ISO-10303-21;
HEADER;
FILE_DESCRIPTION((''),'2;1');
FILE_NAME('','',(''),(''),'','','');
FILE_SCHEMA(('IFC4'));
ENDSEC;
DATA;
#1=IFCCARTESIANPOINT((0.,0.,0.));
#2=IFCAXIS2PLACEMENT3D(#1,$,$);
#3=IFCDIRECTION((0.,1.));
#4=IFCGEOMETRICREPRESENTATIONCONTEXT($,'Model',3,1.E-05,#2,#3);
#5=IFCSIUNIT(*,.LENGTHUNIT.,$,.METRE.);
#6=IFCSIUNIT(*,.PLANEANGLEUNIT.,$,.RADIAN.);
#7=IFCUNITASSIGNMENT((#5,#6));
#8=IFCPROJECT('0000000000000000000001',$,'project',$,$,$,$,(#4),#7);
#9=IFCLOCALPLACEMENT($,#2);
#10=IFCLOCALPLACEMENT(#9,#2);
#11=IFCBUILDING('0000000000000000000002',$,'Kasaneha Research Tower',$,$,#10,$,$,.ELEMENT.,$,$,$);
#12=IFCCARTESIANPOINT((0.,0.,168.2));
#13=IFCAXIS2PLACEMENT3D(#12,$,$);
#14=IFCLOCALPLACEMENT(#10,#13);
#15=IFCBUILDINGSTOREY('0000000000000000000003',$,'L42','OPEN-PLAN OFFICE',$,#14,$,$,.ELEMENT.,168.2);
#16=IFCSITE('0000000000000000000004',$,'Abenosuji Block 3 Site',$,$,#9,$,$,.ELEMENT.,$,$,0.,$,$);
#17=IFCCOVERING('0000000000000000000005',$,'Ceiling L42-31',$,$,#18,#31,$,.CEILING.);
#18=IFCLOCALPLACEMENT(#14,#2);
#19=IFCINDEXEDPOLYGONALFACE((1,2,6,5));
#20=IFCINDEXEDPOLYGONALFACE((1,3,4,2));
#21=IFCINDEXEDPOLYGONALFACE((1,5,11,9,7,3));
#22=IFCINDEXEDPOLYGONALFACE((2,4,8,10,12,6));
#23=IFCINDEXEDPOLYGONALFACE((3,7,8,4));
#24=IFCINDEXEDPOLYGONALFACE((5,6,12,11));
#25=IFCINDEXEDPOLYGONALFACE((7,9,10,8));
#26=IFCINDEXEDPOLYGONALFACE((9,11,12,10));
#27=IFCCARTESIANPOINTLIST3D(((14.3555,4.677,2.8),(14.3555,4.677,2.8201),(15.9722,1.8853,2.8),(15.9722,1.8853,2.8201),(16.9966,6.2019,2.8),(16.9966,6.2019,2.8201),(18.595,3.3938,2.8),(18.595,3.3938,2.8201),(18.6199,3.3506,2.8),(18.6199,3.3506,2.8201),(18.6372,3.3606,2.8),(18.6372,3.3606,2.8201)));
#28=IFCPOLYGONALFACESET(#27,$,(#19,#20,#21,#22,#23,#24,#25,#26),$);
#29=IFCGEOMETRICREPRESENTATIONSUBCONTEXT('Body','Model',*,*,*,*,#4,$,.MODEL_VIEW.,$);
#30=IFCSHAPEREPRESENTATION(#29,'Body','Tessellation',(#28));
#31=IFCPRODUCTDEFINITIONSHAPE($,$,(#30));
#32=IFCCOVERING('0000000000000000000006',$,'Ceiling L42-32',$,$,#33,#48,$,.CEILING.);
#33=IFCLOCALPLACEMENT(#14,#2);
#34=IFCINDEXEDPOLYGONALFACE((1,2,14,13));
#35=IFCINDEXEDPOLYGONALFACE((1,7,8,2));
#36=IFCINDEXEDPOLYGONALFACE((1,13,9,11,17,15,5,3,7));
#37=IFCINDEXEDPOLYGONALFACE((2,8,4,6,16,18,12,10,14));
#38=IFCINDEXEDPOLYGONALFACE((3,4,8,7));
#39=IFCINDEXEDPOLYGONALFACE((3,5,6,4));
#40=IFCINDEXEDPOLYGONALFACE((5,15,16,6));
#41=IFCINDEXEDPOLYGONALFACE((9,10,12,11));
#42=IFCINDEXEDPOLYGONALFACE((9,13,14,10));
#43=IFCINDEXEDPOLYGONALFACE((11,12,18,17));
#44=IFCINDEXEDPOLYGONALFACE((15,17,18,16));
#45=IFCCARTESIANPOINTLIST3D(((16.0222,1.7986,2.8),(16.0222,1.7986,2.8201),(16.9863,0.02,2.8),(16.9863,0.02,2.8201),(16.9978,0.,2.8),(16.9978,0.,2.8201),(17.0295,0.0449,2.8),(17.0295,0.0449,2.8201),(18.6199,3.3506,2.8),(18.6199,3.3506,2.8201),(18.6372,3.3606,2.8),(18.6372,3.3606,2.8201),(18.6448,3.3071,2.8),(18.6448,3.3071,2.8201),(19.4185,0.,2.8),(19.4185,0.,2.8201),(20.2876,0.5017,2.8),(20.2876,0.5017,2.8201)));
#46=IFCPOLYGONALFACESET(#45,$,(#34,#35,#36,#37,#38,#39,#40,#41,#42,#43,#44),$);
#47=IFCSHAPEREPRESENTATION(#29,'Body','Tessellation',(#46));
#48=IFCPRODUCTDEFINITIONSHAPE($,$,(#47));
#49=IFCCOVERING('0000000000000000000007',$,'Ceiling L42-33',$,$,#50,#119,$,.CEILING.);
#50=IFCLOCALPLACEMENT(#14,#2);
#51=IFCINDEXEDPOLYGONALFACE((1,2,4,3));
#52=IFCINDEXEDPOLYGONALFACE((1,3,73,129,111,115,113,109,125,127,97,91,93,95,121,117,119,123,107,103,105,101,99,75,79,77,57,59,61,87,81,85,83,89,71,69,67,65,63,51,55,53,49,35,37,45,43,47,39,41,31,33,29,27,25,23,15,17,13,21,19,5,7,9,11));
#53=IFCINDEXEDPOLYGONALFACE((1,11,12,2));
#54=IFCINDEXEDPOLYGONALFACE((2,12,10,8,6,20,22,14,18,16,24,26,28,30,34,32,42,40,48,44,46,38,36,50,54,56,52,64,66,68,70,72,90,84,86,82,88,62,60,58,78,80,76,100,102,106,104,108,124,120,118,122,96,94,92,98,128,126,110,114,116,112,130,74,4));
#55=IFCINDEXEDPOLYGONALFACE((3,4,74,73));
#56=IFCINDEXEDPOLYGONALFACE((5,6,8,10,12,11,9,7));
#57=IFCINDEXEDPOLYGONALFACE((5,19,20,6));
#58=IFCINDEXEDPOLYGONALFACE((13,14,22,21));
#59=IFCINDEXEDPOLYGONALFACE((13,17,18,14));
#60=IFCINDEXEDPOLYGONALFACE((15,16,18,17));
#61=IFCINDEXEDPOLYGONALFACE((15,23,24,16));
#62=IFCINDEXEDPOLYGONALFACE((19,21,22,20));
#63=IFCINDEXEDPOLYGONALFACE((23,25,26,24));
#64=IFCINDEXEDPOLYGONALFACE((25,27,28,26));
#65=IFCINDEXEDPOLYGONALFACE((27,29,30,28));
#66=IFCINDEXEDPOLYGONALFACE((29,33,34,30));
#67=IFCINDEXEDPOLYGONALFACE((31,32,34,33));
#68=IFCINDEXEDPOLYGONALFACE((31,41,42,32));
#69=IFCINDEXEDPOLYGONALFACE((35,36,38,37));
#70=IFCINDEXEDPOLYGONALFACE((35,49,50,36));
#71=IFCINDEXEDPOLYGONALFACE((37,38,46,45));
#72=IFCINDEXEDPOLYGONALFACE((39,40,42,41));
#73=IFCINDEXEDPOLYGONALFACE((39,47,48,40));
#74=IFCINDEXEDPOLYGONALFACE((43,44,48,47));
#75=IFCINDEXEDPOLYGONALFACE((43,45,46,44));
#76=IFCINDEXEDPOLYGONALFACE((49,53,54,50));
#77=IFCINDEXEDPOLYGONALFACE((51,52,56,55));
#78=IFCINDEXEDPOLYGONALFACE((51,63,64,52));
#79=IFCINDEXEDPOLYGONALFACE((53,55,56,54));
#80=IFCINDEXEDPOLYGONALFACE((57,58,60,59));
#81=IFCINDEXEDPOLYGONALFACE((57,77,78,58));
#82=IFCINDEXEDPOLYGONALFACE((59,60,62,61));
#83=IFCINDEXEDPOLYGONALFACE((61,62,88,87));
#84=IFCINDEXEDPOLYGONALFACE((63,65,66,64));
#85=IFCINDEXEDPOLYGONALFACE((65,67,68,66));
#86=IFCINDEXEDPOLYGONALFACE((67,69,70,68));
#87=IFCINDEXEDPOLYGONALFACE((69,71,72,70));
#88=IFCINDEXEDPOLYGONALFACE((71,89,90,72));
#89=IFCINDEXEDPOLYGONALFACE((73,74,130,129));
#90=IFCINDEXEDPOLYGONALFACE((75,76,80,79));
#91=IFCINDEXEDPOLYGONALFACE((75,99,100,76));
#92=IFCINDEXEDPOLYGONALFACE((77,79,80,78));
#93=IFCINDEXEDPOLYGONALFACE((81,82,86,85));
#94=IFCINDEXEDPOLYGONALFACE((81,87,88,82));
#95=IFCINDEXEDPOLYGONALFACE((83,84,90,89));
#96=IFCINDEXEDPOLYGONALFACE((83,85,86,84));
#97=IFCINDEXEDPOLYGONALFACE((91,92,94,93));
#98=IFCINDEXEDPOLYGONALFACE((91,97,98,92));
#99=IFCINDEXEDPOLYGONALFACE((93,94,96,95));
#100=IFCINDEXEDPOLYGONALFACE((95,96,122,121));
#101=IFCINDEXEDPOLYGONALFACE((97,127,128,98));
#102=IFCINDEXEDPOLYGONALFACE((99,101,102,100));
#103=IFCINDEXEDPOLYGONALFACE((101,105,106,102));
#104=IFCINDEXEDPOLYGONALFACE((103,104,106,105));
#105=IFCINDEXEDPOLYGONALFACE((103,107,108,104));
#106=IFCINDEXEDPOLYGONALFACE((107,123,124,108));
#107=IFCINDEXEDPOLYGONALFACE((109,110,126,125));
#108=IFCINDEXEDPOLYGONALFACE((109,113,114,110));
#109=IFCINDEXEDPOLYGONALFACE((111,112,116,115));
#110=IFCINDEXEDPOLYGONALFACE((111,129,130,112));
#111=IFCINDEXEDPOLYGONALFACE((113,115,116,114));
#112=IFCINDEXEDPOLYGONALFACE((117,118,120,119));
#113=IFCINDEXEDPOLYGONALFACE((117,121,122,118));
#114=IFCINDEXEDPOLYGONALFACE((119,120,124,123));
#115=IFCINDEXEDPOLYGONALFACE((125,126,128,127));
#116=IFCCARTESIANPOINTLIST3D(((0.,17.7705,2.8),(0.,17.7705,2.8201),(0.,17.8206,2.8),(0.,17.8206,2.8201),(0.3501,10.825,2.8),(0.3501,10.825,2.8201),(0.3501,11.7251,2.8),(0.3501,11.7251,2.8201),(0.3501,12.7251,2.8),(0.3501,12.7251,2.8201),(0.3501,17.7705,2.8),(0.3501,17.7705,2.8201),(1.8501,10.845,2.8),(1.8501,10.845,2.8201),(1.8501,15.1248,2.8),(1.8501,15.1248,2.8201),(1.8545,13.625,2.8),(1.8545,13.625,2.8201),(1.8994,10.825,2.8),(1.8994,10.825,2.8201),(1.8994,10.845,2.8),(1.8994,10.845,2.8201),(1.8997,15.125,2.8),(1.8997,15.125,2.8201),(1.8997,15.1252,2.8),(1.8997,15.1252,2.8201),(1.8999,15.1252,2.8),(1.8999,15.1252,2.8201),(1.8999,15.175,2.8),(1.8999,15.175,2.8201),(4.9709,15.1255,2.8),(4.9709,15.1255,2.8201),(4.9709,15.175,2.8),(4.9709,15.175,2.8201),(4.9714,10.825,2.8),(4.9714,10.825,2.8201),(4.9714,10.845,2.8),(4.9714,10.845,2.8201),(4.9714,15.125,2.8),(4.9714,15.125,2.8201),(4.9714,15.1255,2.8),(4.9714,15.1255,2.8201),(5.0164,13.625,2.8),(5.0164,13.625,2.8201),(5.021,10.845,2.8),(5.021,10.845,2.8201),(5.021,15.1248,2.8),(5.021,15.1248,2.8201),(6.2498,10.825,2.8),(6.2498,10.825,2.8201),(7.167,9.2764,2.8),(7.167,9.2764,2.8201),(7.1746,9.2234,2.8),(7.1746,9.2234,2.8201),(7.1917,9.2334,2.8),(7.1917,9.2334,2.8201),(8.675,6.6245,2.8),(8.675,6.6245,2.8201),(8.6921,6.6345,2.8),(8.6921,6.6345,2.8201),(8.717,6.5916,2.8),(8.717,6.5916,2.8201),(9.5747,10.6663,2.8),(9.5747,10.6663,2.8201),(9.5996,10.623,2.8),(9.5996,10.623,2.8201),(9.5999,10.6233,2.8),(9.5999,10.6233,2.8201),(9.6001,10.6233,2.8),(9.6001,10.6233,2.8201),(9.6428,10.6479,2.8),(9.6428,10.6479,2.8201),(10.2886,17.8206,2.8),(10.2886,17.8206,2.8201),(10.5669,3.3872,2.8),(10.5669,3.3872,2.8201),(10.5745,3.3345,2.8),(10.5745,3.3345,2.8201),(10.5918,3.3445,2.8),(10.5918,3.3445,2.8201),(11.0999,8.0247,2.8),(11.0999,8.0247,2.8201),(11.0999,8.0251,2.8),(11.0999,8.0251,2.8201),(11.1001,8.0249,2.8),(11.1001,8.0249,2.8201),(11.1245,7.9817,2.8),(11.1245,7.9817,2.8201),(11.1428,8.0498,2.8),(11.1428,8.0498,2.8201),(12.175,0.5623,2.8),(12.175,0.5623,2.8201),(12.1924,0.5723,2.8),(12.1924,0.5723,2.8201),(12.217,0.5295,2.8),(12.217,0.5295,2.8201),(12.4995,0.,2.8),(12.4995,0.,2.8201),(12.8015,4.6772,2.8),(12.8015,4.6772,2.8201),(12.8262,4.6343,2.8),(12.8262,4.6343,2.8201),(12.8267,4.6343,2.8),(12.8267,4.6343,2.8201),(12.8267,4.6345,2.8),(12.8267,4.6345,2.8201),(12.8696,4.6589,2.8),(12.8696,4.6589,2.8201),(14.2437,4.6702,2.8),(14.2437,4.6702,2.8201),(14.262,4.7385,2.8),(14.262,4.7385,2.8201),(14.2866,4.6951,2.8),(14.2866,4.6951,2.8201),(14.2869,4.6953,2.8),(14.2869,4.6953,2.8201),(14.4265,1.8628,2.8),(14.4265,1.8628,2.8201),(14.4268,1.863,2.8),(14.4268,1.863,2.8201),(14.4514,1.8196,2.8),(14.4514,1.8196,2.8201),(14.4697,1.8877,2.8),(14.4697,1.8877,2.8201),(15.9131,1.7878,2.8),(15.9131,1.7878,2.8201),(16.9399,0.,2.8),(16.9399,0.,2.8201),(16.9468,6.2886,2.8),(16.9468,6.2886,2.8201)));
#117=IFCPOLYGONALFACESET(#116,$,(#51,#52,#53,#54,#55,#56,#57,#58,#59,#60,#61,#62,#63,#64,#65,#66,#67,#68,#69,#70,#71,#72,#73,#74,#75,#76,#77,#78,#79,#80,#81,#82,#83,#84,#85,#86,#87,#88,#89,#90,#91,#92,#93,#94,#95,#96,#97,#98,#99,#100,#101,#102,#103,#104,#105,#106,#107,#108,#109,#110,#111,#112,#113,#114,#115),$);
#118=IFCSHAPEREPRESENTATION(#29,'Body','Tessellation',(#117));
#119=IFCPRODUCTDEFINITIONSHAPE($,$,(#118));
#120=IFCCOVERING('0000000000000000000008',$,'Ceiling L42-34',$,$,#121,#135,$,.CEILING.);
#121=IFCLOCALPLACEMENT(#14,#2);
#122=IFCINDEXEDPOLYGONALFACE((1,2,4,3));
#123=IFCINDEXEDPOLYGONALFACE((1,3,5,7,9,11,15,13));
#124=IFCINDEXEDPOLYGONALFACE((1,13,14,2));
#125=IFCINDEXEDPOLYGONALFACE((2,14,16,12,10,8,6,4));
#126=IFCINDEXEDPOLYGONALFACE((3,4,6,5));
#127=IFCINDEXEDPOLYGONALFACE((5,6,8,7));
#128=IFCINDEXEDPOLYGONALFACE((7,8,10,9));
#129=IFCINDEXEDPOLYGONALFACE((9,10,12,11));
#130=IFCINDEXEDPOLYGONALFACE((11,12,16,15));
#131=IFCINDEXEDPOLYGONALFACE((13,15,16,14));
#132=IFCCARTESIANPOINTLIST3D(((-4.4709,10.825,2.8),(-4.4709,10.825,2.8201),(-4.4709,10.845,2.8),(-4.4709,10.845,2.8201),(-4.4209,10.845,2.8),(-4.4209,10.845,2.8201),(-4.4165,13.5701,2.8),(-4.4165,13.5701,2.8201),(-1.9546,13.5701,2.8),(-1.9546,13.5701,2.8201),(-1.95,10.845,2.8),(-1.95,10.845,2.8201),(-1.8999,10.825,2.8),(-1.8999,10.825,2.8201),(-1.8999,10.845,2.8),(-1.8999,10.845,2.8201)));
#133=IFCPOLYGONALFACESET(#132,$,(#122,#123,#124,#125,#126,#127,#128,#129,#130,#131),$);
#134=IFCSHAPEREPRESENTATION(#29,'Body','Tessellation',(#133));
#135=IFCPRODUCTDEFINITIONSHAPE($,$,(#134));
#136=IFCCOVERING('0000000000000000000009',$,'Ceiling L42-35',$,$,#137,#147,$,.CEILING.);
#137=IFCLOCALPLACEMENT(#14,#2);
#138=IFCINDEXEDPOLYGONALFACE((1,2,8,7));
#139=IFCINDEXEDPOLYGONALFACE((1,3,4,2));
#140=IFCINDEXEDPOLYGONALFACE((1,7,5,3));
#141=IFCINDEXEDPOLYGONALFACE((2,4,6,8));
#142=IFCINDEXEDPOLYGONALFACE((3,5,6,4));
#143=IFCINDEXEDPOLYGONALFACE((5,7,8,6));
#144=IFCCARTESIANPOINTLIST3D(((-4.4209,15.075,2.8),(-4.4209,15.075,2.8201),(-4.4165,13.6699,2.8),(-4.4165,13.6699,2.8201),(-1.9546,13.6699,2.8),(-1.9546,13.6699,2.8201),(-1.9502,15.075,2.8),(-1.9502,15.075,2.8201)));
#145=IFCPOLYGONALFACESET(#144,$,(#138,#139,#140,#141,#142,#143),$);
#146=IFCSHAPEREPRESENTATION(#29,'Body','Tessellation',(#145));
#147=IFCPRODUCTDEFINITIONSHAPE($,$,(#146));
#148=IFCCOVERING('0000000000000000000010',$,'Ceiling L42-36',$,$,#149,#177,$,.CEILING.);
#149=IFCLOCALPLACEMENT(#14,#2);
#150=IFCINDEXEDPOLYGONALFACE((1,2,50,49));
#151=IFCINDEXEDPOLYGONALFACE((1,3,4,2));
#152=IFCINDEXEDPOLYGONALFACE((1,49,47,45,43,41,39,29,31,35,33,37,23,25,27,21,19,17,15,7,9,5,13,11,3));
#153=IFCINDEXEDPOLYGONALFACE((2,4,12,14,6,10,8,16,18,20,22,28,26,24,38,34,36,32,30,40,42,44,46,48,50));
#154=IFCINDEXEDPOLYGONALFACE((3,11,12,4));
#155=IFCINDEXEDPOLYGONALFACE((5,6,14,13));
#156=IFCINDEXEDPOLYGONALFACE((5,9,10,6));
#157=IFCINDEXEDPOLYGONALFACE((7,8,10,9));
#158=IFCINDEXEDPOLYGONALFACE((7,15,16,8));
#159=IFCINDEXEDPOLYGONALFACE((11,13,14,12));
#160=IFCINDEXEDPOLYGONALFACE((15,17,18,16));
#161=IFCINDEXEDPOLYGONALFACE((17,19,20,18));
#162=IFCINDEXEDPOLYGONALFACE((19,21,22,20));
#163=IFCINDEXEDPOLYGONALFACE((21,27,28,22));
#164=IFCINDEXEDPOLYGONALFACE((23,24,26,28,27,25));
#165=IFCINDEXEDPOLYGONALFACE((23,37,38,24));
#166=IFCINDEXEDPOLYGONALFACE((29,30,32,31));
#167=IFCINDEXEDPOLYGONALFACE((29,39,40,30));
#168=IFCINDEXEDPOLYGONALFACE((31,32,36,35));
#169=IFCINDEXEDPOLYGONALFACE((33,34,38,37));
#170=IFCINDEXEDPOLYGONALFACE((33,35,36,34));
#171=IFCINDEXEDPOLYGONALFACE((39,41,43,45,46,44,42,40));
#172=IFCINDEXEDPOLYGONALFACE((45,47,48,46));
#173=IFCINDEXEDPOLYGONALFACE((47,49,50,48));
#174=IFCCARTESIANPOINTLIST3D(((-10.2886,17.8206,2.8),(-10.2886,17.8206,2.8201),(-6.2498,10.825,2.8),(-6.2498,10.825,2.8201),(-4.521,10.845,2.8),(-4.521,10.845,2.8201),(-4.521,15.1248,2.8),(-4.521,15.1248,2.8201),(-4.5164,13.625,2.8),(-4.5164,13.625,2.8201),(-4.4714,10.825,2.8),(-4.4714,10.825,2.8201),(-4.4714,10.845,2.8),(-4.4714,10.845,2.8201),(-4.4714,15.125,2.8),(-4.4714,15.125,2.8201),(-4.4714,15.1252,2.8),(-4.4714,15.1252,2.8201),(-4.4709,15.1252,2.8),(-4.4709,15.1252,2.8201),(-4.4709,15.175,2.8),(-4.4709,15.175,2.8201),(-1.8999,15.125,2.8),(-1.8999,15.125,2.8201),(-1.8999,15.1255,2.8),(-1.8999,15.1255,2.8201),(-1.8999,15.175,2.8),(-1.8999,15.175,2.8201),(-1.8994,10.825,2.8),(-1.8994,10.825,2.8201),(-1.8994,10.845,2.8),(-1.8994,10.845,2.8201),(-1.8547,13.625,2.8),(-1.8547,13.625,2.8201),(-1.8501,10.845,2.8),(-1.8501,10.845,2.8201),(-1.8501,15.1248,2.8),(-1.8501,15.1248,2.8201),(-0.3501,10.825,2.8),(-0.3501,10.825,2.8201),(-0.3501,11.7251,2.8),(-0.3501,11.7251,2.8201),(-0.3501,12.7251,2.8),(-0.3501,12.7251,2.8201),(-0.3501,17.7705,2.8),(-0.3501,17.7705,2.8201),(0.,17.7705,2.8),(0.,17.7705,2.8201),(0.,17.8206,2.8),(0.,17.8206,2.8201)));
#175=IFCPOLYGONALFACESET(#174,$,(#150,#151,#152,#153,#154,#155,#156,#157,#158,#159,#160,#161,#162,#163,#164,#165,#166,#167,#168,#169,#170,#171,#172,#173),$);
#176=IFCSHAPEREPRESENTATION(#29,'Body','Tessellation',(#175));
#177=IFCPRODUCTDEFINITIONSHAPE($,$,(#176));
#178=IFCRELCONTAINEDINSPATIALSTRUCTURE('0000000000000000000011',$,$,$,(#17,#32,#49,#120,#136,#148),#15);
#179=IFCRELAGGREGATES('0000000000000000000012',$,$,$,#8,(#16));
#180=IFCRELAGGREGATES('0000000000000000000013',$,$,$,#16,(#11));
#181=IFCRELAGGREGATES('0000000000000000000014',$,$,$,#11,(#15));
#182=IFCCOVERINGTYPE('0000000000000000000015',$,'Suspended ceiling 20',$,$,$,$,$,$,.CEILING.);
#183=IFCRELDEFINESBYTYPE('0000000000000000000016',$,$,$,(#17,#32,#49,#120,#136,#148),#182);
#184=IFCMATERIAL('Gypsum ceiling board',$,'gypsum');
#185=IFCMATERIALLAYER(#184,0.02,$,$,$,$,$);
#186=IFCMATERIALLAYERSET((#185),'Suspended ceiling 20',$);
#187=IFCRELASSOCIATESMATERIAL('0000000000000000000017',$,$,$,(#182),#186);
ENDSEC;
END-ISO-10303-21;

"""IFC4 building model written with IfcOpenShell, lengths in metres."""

from ifc_helpers import new_model, si_unit, direction, frame, origin, place, context, subcontext, project, spatial, polyline, outline, extrude, material, layer, layer_set, type_object, element, save


model = new_model("IFC4")

# Units and contexts
model_context = context("Model", 3, precision=1e-05, world=origin(), true_north=direction((0.0, 1.0)))
body_context = subcontext(model_context, "Body", "Model", "MODEL_VIEW")
ifc_project = project(units=[si_unit("LENGTHUNIT", "METRE"), si_unit("PLANEANGLEUNIT", "RADIAN")], contexts=[model_context])

# Site, building, storey
site_placement = place(None, origin())
site = spatial("IfcSite", under=ifc_project, at=site_placement, Name="Abenosuji Block 3 Site", CompositionType="ELEMENT", RefElevation=0.0)
building_placement = place(site_placement, origin())
building = spatial("IfcBuilding", under=site, at=building_placement, Name="Kasaneha Research Tower", CompositionType="ELEMENT")
storey_placement = place(building_placement, frame((0.0, 0.0, 168.2)))
storey = spatial("IfcBuildingStorey", under=building, at=storey_placement, Name="L42", Description="OPEN-PLAN OFFICE", CompositionType="ELEMENT", Elevation=168.2)

# Coverings
ifc_material_1 = material(Name="Gypsum ceiling board", Category="gypsum")
ifc_layer_1 = layer(ifc_material_1, 0.02)
ifc_layer_set_1 = layer_set([ifc_layer_1], Name="Suspended ceiling 20")
covering_type_1 = type_object("IfcCoveringType", Name="Suspended ceiling 20", PredefinedType="CEILING", material=ifc_layer_set_1)
covering_1_placement = place(storey_placement, frame((0.0, 0.0, 2.8)))
element("IfcCovering", 1, at=covering_1_placement, inside=storey, type_object=covering_type_1, Name="Ceiling L42-31", PredefinedType="CEILING", context=body_context, shape_type="SweptSolid", body=[
    extrude(outline(polyline([(18.6372, 3.3606), (18.6199, 3.3506), (18.595, 3.3938), (15.9722, 1.8853), (14.3555, 4.677), (16.9966, 6.2019), (18.6372, 3.3606)])), origin(), (0.0, 0.0, 1.0), 0.02),
])
covering_2_placement = place(storey_placement, frame((0.0, 0.0, 2.8)))
element("IfcCovering", 2, at=covering_2_placement, inside=storey, type_object=covering_type_1, Name="Ceiling L42-32", PredefinedType="CEILING", context=body_context, shape_type="SweptSolid", body=[
    extrude(outline(polyline([(20.2876, 0.5017), (19.4185, 0.0), (16.9978, 0.0), (16.9863, 0.02), (17.0295, 0.0449), (16.0222, 1.7986), (18.6448, 3.3071), (18.6199, 3.3506), (18.6372, 3.3606), (20.2876, 0.5017)])), origin(), (0.0, 0.0, 1.0), 0.02),
])
covering_3_placement = place(storey_placement, frame((0.0, 0.0, 2.8)))
element("IfcCovering", 3, at=covering_3_placement, inside=storey, type_object=covering_type_1, Name="Ceiling L42-33", PredefinedType="CEILING", context=body_context, shape_type="SweptSolid", body=[
    extrude(outline(polyline([(12.1924, 0.5723), (12.217, 0.5295), (14.4514, 1.8196), (14.4265, 1.8628), (14.4268, 1.863), (14.4268, 1.863), (14.4697, 1.8877), (12.8696, 4.6589), (12.8267, 4.6343), (12.8267, 4.6345), (12.8262, 4.6343), (12.8015, 4.6772), (10.5669, 3.3872), (10.5918, 3.3445), (10.5745, 3.3345), (8.675, 6.6245), (8.6921, 6.6345), (8.717, 6.5916), (11.1245, 7.9817), (11.0999, 8.0247), (11.1001, 8.0249), (11.0999, 8.0251), (11.1428, 8.0498), (9.6428, 10.6479), (9.6001, 10.6233), (9.5999, 10.6233), (9.5996, 10.623), (9.5747, 10.6663), (7.167, 9.2764), (7.1917, 9.2334), (7.1746, 9.2234), (6.2498, 10.825), (4.9714, 10.825), (4.9714, 10.845), (5.021, 10.845), (5.0164, 13.625), (5.021, 15.1248), (4.9714, 15.125), (4.9714, 15.1255), (4.9709, 15.1255), (4.9709, 15.175), (1.8999, 15.175), (1.8999, 15.1252), (1.8997, 15.1252), (1.8997, 15.125), (1.8501, 15.1248), (1.8545, 13.625), (1.8501, 10.845), (1.8994, 10.845), (1.8994, 10.825), (0.3501, 10.825), (0.3501, 11.7251), (0.3501, 12.7251), (0.3501, 17.7705), (0.3501, 17.7705), (0.0, 17.7705), (0.0, 17.8206), (10.2886, 17.8206), (16.9468, 6.2886), (14.262, 4.7385), (14.2869, 4.6953), (14.2866, 4.6951), (14.2866, 4.6951), (14.2437, 4.6702), (15.9131, 1.7878), (16.9399, 0.0), (12.4995, 0.0), (12.175, 0.5623), (12.1924, 0.5723)])), origin(), (0.0, 0.0, 1.0), 0.02),
])
covering_4_placement = place(storey_placement, frame((0.0, 0.0, 2.8)))
element("IfcCovering", 4, at=covering_4_placement, inside=storey, type_object=covering_type_1, Name="Ceiling L42-34", PredefinedType="CEILING", context=body_context, shape_type="SweptSolid", body=[
    extrude(outline(polyline([(-4.4709, 10.825), (-4.4709, 10.845), (-4.4209, 10.845), (-4.4165, 13.5701), (-1.9546, 13.5701), (-1.95, 10.845), (-1.8999, 10.845), (-1.8999, 10.825), (-4.4709, 10.825)])), origin(), (0.0, 0.0, 1.0), 0.02),
])
covering_5_placement = place(storey_placement, frame((0.0, 0.0, 2.8)))
element("IfcCovering", 5, at=covering_5_placement, inside=storey, type_object=covering_type_1, Name="Ceiling L42-35", PredefinedType="CEILING", context=body_context, shape_type="SweptSolid", body=[
    extrude(outline(polyline([(-1.9502, 15.075), (-1.9546, 13.6699), (-4.4165, 13.6699), (-4.4209, 15.075), (-1.9502, 15.075)])), origin(), (0.0, 0.0, 1.0), 0.02),
])
covering_6_placement = place(storey_placement, frame((0.0, 0.0, 2.8)))
element("IfcCovering", 6, at=covering_6_placement, inside=storey, type_object=covering_type_1, Name="Ceiling L42-36", PredefinedType="CEILING", context=body_context, shape_type="SweptSolid", body=[
    extrude(outline(polyline([(-0.3501, 11.7251), (-0.3501, 10.825), (-1.8994, 10.825), (-1.8994, 10.845), (-1.8501, 10.845), (-1.8547, 13.625), (-1.8501, 15.1248), (-1.8999, 15.125), (-1.8999, 15.1255), (-1.8999, 15.175), (-4.4709, 15.175), (-4.4709, 15.1252), (-4.4714, 15.1252), (-4.4714, 15.125), (-4.521, 15.1248), (-4.5164, 13.625), (-4.521, 10.845), (-4.4714, 10.845), (-4.4714, 10.825), (-6.2498, 10.825), (-10.2886, 17.8206), (0.0, 17.8206), (0.0, 17.7705), (-0.3501, 17.7705), (-0.3501, 17.7705), (-0.3501, 12.7251), (-0.3501, 11.7251)])), origin(), (0.0, 0.0, 1.0), 0.02),
])

save(model, "model.ifc")
